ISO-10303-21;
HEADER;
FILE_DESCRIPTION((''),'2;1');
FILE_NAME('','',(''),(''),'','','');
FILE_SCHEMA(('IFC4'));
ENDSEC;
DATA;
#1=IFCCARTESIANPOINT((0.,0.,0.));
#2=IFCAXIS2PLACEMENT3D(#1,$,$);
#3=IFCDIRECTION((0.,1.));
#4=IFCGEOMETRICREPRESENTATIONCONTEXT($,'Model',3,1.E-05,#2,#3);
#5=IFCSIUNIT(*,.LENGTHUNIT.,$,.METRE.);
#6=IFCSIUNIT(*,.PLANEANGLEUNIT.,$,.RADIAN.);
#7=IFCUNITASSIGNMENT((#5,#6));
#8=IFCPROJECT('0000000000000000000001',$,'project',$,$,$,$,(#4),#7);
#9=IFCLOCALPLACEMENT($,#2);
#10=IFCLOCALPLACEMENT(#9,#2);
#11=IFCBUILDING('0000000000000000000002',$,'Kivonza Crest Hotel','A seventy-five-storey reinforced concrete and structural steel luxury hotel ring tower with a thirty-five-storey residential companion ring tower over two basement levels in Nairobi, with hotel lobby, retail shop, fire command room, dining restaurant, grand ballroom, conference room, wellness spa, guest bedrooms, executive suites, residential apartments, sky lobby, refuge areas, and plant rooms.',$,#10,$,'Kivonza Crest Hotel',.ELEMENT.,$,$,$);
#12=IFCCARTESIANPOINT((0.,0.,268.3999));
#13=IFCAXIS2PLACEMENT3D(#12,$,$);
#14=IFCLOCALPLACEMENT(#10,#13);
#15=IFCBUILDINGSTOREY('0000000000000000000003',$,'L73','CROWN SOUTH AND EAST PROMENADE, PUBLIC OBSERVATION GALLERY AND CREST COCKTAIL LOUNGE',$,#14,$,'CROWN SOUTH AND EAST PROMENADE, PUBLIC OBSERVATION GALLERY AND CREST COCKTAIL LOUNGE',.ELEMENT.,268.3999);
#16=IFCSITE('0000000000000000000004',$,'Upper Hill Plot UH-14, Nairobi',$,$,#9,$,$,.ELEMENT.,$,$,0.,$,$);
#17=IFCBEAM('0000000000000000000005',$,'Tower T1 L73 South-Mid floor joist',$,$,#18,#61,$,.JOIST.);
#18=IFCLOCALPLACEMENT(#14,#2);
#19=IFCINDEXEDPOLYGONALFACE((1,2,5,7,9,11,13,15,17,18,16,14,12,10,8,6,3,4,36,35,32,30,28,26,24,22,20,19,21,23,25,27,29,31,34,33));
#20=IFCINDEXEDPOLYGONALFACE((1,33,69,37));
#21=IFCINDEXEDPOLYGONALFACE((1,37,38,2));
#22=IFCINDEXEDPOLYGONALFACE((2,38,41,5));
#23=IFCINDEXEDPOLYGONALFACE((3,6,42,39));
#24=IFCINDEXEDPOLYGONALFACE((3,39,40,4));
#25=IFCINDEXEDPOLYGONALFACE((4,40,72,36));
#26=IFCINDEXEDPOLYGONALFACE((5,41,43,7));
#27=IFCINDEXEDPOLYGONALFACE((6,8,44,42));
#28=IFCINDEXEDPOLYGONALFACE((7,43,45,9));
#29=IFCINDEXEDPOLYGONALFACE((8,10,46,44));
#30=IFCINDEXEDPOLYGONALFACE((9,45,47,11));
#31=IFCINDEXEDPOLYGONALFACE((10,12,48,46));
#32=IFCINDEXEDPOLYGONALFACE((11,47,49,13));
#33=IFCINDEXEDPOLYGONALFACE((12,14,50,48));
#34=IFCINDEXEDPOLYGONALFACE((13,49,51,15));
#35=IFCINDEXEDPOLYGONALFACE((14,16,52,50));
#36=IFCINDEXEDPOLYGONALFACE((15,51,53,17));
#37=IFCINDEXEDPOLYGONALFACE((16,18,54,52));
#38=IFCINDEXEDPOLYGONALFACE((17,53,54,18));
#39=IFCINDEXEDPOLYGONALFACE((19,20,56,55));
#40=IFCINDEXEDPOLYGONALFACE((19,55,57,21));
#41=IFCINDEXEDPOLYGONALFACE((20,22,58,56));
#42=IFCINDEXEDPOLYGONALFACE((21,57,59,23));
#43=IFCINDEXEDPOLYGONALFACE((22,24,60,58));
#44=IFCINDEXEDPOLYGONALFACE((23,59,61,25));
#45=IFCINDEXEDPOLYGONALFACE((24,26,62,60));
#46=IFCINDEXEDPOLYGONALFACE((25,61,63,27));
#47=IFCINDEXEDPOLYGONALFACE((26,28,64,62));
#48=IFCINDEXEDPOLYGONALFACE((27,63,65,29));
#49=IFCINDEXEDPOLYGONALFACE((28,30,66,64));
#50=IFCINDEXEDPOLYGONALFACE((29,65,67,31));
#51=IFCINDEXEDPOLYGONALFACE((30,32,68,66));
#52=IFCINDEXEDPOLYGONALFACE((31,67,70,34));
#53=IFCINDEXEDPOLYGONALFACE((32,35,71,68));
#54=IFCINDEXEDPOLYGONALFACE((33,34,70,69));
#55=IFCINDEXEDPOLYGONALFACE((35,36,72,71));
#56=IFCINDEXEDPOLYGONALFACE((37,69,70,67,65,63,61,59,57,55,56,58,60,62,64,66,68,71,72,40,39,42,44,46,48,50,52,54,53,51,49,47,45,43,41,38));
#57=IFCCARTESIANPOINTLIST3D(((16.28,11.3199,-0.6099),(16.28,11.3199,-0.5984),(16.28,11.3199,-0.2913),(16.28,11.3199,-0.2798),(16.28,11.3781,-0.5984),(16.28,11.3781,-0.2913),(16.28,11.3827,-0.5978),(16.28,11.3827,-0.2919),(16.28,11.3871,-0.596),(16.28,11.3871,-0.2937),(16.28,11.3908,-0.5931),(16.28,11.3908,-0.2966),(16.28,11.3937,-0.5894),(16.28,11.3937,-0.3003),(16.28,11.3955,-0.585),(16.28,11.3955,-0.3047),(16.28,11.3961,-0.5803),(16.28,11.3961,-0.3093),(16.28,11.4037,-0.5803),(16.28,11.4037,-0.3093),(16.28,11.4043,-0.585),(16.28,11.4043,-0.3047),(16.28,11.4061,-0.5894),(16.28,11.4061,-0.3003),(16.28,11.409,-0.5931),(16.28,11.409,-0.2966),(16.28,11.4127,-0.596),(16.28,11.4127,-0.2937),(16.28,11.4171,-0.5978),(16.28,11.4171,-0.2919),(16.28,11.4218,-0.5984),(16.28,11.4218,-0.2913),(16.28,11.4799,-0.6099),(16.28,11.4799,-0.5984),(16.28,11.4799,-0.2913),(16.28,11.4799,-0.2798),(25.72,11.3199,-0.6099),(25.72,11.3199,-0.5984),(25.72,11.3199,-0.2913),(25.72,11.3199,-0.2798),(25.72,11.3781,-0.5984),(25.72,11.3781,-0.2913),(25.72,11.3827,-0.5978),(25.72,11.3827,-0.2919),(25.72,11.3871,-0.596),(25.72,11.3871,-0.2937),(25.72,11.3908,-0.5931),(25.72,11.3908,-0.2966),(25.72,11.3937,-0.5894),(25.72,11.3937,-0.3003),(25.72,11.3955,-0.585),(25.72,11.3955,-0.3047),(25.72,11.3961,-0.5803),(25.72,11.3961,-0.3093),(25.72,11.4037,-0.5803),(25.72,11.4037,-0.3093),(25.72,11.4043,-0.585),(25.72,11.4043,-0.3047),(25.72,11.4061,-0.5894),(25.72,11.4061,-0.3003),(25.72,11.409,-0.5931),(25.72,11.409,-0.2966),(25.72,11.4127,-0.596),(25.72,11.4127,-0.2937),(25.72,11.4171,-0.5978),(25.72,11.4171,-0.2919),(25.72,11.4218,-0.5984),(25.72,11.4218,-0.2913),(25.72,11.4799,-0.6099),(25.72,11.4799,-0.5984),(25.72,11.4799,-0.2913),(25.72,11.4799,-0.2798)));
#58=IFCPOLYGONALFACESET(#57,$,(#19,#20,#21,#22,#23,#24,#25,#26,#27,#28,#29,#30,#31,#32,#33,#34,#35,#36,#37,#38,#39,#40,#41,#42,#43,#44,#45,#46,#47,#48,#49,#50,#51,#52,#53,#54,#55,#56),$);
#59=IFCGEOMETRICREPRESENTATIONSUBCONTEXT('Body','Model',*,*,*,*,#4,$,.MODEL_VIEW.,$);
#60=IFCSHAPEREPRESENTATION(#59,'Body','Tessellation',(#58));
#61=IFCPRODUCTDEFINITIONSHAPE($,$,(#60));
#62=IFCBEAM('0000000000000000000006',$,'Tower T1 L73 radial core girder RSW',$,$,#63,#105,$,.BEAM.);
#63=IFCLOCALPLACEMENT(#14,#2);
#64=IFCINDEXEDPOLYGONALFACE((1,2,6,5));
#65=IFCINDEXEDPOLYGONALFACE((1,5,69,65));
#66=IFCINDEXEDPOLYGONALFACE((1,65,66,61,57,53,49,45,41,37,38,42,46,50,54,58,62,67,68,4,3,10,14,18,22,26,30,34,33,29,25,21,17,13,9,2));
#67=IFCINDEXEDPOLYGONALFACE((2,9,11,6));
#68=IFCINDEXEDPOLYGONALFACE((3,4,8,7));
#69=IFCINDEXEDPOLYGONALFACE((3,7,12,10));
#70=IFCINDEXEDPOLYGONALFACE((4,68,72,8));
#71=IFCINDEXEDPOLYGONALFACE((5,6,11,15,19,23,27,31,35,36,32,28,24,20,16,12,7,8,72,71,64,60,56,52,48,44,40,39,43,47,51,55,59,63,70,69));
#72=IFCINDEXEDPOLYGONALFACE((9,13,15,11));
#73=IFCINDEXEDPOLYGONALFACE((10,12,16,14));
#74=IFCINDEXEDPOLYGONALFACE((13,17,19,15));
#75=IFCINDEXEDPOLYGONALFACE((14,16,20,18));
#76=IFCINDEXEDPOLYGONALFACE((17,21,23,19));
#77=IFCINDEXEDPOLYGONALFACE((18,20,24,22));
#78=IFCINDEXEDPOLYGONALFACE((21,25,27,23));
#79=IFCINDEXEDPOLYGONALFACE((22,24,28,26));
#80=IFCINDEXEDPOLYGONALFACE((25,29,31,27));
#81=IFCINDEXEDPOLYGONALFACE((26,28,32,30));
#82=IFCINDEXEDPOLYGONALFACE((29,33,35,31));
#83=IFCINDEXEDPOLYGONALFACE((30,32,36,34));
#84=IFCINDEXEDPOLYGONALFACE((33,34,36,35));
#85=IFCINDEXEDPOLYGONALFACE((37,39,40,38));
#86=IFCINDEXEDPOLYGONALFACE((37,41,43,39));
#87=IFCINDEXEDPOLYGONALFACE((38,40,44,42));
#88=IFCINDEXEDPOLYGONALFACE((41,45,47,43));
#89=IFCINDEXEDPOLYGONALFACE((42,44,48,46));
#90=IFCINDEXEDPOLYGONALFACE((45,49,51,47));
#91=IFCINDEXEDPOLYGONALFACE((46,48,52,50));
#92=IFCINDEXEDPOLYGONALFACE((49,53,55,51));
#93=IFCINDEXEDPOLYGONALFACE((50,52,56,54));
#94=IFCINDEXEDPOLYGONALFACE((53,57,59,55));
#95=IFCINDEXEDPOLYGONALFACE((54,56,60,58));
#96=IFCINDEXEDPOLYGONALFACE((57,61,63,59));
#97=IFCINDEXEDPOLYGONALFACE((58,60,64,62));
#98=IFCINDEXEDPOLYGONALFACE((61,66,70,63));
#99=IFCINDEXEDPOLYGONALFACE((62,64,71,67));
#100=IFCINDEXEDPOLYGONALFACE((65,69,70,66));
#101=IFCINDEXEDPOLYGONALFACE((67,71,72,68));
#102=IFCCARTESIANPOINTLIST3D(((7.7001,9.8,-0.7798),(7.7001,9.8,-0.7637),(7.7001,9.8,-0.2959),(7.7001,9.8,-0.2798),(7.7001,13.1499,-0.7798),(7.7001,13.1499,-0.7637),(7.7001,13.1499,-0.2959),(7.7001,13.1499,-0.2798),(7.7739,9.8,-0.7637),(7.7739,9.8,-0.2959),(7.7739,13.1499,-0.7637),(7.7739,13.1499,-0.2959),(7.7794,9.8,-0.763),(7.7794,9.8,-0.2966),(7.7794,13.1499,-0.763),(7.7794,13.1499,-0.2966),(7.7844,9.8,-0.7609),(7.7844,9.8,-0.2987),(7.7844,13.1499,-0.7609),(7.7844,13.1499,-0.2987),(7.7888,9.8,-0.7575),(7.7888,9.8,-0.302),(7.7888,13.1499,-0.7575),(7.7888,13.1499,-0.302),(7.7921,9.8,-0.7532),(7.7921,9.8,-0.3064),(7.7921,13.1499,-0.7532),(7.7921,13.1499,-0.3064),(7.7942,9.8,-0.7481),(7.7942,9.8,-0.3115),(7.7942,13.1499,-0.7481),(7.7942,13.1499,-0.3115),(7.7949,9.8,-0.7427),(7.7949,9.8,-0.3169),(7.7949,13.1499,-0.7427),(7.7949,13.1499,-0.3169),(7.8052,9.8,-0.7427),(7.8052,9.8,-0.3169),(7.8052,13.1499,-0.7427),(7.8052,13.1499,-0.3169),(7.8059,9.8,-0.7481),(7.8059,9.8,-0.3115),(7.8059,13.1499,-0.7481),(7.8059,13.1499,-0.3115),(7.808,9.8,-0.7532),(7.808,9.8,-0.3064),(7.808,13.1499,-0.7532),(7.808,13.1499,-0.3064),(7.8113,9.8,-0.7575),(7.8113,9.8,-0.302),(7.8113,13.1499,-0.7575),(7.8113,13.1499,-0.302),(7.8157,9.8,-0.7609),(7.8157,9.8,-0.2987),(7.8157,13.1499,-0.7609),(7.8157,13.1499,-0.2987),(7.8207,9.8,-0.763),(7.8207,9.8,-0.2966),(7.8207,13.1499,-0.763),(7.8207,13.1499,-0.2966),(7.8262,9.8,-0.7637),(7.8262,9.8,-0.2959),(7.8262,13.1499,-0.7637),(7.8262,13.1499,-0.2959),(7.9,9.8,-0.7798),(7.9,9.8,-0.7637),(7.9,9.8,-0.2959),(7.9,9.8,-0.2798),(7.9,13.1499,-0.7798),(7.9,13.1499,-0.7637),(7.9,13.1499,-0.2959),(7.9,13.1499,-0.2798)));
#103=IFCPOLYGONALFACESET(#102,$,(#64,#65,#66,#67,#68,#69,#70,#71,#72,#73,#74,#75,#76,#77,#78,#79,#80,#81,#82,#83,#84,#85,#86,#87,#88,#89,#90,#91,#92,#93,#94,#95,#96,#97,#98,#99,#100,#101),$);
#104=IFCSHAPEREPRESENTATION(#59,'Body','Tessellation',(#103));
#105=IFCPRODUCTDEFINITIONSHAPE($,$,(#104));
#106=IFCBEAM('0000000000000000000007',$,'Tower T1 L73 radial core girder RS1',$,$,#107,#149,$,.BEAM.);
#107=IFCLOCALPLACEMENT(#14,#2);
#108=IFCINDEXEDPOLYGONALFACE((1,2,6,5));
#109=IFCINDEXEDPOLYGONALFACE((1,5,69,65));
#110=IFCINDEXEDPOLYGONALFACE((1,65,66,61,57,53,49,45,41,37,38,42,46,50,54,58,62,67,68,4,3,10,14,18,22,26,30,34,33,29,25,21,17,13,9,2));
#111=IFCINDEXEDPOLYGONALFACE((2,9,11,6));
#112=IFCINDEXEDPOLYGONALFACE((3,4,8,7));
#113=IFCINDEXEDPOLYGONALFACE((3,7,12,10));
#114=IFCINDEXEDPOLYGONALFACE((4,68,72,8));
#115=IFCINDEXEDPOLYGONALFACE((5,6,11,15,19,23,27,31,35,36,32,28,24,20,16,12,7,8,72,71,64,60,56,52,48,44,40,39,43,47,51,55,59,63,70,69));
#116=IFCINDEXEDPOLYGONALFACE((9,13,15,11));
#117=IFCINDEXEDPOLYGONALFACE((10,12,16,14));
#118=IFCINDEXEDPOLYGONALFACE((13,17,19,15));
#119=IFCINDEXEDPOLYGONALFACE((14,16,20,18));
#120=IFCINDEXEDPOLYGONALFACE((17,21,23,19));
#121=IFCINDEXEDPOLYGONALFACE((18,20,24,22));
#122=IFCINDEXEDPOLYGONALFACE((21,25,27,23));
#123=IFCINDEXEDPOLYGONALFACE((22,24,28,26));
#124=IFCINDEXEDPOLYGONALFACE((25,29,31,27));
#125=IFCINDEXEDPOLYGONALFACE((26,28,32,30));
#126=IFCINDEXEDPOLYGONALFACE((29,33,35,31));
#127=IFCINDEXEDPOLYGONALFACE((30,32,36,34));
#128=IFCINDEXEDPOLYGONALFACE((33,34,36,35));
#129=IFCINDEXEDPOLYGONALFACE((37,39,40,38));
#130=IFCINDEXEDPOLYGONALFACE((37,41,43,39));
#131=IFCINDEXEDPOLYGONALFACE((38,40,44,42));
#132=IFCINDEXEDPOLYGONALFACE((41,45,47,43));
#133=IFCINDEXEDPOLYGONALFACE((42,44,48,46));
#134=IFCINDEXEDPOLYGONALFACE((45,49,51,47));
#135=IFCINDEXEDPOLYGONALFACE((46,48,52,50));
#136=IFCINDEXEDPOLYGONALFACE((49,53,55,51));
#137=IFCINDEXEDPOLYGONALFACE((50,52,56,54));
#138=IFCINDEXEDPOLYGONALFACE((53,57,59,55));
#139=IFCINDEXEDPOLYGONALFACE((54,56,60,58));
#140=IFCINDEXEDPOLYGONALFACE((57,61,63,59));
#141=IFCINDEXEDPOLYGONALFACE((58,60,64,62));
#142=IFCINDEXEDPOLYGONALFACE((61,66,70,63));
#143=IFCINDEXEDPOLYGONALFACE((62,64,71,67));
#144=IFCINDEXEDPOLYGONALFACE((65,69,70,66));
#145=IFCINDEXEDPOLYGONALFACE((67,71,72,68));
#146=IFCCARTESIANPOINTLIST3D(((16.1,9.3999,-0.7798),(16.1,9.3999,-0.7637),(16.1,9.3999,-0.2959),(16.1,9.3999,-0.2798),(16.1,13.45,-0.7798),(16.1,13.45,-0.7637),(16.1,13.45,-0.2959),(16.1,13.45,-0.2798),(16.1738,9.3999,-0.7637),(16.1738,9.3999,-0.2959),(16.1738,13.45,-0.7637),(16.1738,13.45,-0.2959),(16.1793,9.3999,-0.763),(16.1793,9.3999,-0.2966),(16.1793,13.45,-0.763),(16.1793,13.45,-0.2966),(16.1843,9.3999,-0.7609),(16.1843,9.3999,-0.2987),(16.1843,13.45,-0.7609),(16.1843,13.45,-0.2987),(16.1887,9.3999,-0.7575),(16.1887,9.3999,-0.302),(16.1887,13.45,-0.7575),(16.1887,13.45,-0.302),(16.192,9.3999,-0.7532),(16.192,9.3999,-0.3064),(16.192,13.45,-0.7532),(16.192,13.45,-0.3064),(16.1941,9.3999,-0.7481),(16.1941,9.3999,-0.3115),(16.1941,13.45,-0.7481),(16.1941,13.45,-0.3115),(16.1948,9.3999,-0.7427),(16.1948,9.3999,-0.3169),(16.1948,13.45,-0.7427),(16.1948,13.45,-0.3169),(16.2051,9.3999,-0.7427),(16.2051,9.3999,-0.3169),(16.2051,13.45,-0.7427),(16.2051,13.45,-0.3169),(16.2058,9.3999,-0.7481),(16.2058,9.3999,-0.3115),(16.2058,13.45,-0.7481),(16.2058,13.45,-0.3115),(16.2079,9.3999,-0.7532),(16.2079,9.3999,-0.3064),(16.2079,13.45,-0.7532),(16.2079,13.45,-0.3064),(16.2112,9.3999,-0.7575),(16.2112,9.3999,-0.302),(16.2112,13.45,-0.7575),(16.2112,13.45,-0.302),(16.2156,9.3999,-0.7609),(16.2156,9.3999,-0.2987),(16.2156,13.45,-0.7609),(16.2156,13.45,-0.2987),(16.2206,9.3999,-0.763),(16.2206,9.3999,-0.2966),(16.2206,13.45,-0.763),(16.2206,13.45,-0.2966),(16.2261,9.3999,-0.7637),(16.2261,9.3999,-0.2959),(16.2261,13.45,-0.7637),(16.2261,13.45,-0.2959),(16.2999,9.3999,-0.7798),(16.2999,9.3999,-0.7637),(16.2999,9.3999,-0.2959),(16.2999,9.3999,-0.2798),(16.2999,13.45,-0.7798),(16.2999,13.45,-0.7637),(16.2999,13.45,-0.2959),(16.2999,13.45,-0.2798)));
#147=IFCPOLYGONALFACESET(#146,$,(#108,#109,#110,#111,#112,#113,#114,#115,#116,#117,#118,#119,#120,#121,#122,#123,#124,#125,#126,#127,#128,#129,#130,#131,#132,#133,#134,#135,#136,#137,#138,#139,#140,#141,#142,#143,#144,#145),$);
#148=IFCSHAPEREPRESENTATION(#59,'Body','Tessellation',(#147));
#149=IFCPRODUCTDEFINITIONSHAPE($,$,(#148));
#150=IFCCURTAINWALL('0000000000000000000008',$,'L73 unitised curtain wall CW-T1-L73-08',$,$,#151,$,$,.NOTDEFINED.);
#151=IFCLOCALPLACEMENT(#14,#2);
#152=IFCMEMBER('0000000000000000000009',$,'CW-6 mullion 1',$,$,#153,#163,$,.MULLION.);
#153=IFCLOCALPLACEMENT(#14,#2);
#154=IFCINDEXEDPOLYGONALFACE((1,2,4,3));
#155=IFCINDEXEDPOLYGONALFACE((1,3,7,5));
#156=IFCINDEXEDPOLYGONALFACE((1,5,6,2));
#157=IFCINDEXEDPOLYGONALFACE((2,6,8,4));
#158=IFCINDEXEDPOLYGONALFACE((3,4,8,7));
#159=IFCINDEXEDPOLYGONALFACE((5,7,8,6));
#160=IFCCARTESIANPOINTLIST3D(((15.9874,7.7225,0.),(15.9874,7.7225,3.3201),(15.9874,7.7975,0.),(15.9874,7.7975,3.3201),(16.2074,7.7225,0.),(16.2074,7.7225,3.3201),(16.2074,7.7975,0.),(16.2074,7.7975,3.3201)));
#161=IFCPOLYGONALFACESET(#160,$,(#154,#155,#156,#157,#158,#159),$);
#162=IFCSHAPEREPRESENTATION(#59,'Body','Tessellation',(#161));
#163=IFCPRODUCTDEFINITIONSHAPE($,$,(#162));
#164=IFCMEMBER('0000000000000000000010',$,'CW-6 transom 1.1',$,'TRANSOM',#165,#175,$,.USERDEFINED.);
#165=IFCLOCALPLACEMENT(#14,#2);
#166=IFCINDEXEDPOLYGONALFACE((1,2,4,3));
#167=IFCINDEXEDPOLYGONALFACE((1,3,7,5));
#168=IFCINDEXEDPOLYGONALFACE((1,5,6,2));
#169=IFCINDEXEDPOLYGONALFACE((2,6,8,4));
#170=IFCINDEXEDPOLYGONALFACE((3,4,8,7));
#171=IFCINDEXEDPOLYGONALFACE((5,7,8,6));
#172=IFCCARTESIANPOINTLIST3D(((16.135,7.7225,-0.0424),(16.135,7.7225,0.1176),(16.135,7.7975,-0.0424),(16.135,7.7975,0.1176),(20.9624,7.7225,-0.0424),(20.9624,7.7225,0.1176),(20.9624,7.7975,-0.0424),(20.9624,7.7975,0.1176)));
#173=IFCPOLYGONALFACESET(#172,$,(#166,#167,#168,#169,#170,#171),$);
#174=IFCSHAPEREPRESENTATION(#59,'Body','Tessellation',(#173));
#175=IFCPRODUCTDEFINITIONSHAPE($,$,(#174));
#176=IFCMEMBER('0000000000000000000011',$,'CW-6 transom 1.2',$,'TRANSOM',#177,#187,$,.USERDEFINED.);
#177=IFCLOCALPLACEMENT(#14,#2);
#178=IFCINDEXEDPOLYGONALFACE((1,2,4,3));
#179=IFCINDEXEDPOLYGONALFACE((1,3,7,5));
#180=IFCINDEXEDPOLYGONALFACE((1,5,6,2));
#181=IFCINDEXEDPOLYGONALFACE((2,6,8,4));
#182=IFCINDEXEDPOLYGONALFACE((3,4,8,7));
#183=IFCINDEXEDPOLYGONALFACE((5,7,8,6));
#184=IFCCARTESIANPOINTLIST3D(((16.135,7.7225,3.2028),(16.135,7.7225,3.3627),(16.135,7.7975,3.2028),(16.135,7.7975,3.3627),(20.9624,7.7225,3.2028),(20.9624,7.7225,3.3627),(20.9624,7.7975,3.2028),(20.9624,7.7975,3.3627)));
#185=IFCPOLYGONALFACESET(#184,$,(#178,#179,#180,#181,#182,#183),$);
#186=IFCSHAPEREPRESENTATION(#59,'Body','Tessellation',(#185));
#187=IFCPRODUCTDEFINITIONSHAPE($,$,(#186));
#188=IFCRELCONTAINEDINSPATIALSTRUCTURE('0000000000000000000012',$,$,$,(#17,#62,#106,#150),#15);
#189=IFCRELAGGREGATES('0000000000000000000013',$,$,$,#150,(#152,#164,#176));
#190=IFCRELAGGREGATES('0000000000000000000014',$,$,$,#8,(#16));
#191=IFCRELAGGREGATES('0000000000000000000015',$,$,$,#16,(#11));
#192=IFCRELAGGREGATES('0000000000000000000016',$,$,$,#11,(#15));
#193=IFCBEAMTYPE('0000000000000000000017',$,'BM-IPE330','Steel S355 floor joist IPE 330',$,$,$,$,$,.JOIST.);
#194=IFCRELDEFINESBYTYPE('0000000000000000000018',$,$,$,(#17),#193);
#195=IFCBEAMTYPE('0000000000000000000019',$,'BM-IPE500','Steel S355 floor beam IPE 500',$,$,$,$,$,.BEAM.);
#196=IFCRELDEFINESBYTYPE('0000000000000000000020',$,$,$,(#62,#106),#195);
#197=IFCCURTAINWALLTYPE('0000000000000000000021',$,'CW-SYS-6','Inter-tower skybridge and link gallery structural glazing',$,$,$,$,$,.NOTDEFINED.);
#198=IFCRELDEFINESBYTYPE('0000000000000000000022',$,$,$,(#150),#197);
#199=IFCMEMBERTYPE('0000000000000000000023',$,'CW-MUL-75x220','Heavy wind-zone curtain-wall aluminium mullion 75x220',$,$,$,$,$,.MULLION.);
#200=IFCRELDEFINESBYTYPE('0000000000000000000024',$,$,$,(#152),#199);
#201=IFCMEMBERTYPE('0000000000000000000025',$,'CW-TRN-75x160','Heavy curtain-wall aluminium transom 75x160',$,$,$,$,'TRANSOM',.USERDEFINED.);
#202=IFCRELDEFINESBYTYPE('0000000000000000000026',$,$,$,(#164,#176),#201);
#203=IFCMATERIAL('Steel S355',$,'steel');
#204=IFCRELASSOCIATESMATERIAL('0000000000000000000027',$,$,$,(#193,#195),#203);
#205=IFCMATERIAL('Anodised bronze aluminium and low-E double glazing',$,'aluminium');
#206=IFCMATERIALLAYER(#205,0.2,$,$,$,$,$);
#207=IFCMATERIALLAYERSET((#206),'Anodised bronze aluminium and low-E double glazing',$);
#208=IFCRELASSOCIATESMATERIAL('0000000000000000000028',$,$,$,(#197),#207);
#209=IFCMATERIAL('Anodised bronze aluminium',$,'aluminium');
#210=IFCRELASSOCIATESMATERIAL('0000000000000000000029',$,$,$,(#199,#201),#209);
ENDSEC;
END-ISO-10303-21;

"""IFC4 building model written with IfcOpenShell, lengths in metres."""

from ifc_helpers import new_model, si_unit, direction, frame, origin, origin_2d, place, context, subcontext, project, spatial, rectangle, i_section, extrude, material, layer, layer_set, material_profile, profile_set, type_object, element, aggregate, save


model = new_model("IFC4")

# Units and contexts
model_context = context("Model", 3, precision=1e-05, world=origin(), true_north=direction((0.0, 1.0)))
body_context = subcontext(model_context, "Body", "Model", "MODEL_VIEW")
ifc_project = project(units=[si_unit("LENGTHUNIT", "METRE"), si_unit("PLANEANGLEUNIT", "RADIAN")], contexts=[model_context])

# Site, building, storey
site_placement = place(None, origin())
site = spatial("IfcSite", under=ifc_project, at=site_placement, Name="Upper Hill Plot UH-14, Nairobi", CompositionType="ELEMENT", RefElevation=0.0)
building_placement = place(site_placement, origin())
building = spatial("IfcBuilding", under=site, at=building_placement, Name="Kivonza Crest Hotel", Description="A seventy-five-storey reinforced concrete and structural steel luxury hotel ring tower with a thirty-five-storey residential companion ring tower over two basement levels in Nairobi, with hotel lobby, retail shop, fire command room, dining restaurant, grand ballroom, conference room, wellness spa, guest bedrooms, executive suites, residential apartments, sky lobby, refuge areas, and plant rooms.", LongName="Kivonza Crest Hotel", CompositionType="ELEMENT")
storey_placement = place(building_placement, frame((0.0, 0.0, 268.3999)))
storey = spatial("IfcBuildingStorey", under=building, at=storey_placement, Name="L73", Description="CROWN SOUTH AND EAST PROMENADE, PUBLIC OBSERVATION GALLERY AND CREST COCKTAIL LOUNGE", LongName="CROWN SOUTH AND EAST PROMENADE, PUBLIC OBSERVATION GALLERY AND CREST COCKTAIL LOUNGE", CompositionType="ELEMENT", Elevation=268.3999)

# Beams
ifc_material_1 = material(Name="Steel S355", Category="steel")
ifc_material_profile_1 = material_profile(ifc_material_1, i_section(OverallWidth=0.1599, OverallDepth=0.3301, WebThickness=0.0076, FlangeThickness=0.0115, FilletRadius=0.0181, at=origin_2d()), Name="IPE 330")
ifc_profile_set_1 = profile_set([ifc_material_profile_1], Name="Steel S355")
beam_type_1 = type_object("IfcBeamType", Name="BM-IPE330", Description="Steel S355 floor joist IPE 330", PredefinedType="JOIST", material=ifc_profile_set_1)
beam_1_placement = place(storey_placement, frame((16.28, 11.3999, -0.4448), z_axis=(1.0, 0.0, 0.0), x_axis=(0.0, 1.0, 0.0)))
element("IfcBeam", 1, at=beam_1_placement, inside=storey, type_object=beam_type_1, Name="Tower T1 L73 South-Mid floor joist", PredefinedType="JOIST", context=body_context, shape_type="SweptSolid", body=[
    extrude(i_section(OverallWidth=0.1599, OverallDepth=0.3301, WebThickness=0.0076, FlangeThickness=0.0115, FilletRadius=0.0181, at=origin_2d()), origin(), (0.0, 0.0, 1.0), 9.4399),
])
ifc_material_profile_2 = material_profile(ifc_material_1, i_section(OverallWidth=0.2, OverallDepth=0.5, WebThickness=0.0103, FlangeThickness=0.0161, FilletRadius=0.021, at=origin_2d()), Name="IPE 500")
ifc_profile_set_2 = profile_set([ifc_material_profile_2], Name="Steel S355")
beam_type_2 = type_object("IfcBeamType", Name="BM-IPE500", Description="Steel S355 floor beam IPE 500", PredefinedType="BEAM", material=ifc_profile_set_2)
beam_2_placement = place(storey_placement, frame((7.8, 9.8, -0.5298), z_axis=(0.0, 1.0, 0.0), x_axis=(-1.0, 0.0, 0.0)))
element("IfcBeam", 2, at=beam_2_placement, inside=storey, type_object=beam_type_2, Name="Tower T1 L73 radial core girder RSW", PredefinedType="BEAM", context=body_context, shape_type="SweptSolid", body=[
    extrude(i_section(OverallWidth=0.2, OverallDepth=0.5, WebThickness=0.0103, FlangeThickness=0.0161, FilletRadius=0.021, at=origin_2d()), origin(), (0.0, 0.0, 1.0), 3.3499),
])
beam_3_placement = place(storey_placement, frame((16.2, 9.3999, -0.5298), z_axis=(0.0, 1.0, 0.0), x_axis=(-1.0, 0.0, 0.0)))
element("IfcBeam", 3, at=beam_3_placement, inside=storey, type_object=beam_type_2, Name="Tower T1 L73 radial core girder RS1", PredefinedType="BEAM", context=body_context, shape_type="SweptSolid", body=[
    extrude(i_section(OverallWidth=0.2, OverallDepth=0.5, WebThickness=0.0103, FlangeThickness=0.0161, FilletRadius=0.021, at=origin_2d()), origin(), (0.0, 0.0, 1.0), 4.05),
])

# Curtain wall, members
ifc_material_2 = material(Name="Anodised bronze aluminium and low-E double glazing", Category="aluminium")
ifc_layer_1 = layer(ifc_material_2, 0.2)
ifc_layer_set_1 = layer_set([ifc_layer_1], Name="Anodised bronze aluminium and low-E double glazing")
curtain_wall_type = type_object("IfcCurtainWallType", Name="CW-SYS-6", Description="Inter-tower skybridge and link gallery structural glazing", PredefinedType="NOTDEFINED", material=ifc_layer_set_1)
curtain_wall_placement = place(storey_placement, origin())
curtain_wall = element("IfcCurtainWall", 4, at=curtain_wall_placement, inside=storey, type_object=curtain_wall_type, Name="L73 unitised curtain wall CW-T1-L73-08", PredefinedType="NOTDEFINED")
ifc_material_3 = material(Name="Anodised bronze aluminium", Category="aluminium")
ifc_material_profile_3 = material_profile(ifc_material_3, rectangle(XDim=0.075, YDim=0.22, at=origin_2d()), Name="CW-M 75x220")
ifc_profile_set_3 = profile_set([ifc_material_profile_3], Name="Anodised bronze aluminium")
member_type_1 = type_object("IfcMemberType", Name="CW-MUL-75x220", Description="Heavy wind-zone curtain-wall aluminium mullion 75x220", PredefinedType="MULLION", material=ifc_profile_set_3)
member_1_placement = place(storey_placement, frame((16.0974, 7.76, 0.0), z_axis=(0.0, 0.0, 1.0), x_axis=(0.0, 1.0, 0.0)))
member_1 = element("IfcMember", 5, at=member_1_placement, type_object=member_type_1, Name="CW-6 mullion 1", PredefinedType="MULLION", context=body_context, shape_type="SweptSolid", body=[
    extrude(rectangle(XDim=0.075, YDim=0.22, at=origin_2d()), origin(), (0.0, 0.0, 1.0), 3.3201),
])
ifc_material_profile_4 = material_profile(ifc_material_3, rectangle(XDim=0.075, YDim=0.1599, at=origin_2d()), Name="CW-T 75x160")
ifc_profile_set_4 = profile_set([ifc_material_profile_4], Name="Anodised bronze aluminium")
member_type_2 = type_object("IfcMemberType", Name="CW-TRN-75x160", Description="Heavy curtain-wall aluminium transom 75x160", ElementType="TRANSOM", PredefinedType="USERDEFINED", material=ifc_profile_set_4)
member_2_placement = place(storey_placement, frame((16.135, 7.76, 0.0376), z_axis=(1.0, 0.0, 0.0), x_axis=(0.0, 1.0, 0.0)))
member_2 = element("IfcMember", 6, at=member_2_placement, type_object=member_type_2, Name="CW-6 transom 1.1", ObjectType="TRANSOM", PredefinedType="USERDEFINED", context=body_context, shape_type="SweptSolid", body=[
    extrude(rectangle(XDim=0.075, YDim=0.1599, at=origin_2d()), origin(), (0.0, 0.0, 1.0), 4.8274),
])
member_3_placement = place(storey_placement, frame((16.135, 7.76, 3.2827), z_axis=(1.0, 0.0, 0.0), x_axis=(0.0, 1.0, 0.0)))
member_3 = element("IfcMember", 7, at=member_3_placement, type_object=member_type_2, Name="CW-6 transom 1.2", ObjectType="TRANSOM", PredefinedType="USERDEFINED", context=body_context, shape_type="SweptSolid", body=[
    extrude(rectangle(XDim=0.075, YDim=0.1599, at=origin_2d()), origin(), (0.0, 0.0, 1.0), 4.8274),
])
aggregate(curtain_wall, [member_1, member_2, member_3])

save(model, "model.ifc")
